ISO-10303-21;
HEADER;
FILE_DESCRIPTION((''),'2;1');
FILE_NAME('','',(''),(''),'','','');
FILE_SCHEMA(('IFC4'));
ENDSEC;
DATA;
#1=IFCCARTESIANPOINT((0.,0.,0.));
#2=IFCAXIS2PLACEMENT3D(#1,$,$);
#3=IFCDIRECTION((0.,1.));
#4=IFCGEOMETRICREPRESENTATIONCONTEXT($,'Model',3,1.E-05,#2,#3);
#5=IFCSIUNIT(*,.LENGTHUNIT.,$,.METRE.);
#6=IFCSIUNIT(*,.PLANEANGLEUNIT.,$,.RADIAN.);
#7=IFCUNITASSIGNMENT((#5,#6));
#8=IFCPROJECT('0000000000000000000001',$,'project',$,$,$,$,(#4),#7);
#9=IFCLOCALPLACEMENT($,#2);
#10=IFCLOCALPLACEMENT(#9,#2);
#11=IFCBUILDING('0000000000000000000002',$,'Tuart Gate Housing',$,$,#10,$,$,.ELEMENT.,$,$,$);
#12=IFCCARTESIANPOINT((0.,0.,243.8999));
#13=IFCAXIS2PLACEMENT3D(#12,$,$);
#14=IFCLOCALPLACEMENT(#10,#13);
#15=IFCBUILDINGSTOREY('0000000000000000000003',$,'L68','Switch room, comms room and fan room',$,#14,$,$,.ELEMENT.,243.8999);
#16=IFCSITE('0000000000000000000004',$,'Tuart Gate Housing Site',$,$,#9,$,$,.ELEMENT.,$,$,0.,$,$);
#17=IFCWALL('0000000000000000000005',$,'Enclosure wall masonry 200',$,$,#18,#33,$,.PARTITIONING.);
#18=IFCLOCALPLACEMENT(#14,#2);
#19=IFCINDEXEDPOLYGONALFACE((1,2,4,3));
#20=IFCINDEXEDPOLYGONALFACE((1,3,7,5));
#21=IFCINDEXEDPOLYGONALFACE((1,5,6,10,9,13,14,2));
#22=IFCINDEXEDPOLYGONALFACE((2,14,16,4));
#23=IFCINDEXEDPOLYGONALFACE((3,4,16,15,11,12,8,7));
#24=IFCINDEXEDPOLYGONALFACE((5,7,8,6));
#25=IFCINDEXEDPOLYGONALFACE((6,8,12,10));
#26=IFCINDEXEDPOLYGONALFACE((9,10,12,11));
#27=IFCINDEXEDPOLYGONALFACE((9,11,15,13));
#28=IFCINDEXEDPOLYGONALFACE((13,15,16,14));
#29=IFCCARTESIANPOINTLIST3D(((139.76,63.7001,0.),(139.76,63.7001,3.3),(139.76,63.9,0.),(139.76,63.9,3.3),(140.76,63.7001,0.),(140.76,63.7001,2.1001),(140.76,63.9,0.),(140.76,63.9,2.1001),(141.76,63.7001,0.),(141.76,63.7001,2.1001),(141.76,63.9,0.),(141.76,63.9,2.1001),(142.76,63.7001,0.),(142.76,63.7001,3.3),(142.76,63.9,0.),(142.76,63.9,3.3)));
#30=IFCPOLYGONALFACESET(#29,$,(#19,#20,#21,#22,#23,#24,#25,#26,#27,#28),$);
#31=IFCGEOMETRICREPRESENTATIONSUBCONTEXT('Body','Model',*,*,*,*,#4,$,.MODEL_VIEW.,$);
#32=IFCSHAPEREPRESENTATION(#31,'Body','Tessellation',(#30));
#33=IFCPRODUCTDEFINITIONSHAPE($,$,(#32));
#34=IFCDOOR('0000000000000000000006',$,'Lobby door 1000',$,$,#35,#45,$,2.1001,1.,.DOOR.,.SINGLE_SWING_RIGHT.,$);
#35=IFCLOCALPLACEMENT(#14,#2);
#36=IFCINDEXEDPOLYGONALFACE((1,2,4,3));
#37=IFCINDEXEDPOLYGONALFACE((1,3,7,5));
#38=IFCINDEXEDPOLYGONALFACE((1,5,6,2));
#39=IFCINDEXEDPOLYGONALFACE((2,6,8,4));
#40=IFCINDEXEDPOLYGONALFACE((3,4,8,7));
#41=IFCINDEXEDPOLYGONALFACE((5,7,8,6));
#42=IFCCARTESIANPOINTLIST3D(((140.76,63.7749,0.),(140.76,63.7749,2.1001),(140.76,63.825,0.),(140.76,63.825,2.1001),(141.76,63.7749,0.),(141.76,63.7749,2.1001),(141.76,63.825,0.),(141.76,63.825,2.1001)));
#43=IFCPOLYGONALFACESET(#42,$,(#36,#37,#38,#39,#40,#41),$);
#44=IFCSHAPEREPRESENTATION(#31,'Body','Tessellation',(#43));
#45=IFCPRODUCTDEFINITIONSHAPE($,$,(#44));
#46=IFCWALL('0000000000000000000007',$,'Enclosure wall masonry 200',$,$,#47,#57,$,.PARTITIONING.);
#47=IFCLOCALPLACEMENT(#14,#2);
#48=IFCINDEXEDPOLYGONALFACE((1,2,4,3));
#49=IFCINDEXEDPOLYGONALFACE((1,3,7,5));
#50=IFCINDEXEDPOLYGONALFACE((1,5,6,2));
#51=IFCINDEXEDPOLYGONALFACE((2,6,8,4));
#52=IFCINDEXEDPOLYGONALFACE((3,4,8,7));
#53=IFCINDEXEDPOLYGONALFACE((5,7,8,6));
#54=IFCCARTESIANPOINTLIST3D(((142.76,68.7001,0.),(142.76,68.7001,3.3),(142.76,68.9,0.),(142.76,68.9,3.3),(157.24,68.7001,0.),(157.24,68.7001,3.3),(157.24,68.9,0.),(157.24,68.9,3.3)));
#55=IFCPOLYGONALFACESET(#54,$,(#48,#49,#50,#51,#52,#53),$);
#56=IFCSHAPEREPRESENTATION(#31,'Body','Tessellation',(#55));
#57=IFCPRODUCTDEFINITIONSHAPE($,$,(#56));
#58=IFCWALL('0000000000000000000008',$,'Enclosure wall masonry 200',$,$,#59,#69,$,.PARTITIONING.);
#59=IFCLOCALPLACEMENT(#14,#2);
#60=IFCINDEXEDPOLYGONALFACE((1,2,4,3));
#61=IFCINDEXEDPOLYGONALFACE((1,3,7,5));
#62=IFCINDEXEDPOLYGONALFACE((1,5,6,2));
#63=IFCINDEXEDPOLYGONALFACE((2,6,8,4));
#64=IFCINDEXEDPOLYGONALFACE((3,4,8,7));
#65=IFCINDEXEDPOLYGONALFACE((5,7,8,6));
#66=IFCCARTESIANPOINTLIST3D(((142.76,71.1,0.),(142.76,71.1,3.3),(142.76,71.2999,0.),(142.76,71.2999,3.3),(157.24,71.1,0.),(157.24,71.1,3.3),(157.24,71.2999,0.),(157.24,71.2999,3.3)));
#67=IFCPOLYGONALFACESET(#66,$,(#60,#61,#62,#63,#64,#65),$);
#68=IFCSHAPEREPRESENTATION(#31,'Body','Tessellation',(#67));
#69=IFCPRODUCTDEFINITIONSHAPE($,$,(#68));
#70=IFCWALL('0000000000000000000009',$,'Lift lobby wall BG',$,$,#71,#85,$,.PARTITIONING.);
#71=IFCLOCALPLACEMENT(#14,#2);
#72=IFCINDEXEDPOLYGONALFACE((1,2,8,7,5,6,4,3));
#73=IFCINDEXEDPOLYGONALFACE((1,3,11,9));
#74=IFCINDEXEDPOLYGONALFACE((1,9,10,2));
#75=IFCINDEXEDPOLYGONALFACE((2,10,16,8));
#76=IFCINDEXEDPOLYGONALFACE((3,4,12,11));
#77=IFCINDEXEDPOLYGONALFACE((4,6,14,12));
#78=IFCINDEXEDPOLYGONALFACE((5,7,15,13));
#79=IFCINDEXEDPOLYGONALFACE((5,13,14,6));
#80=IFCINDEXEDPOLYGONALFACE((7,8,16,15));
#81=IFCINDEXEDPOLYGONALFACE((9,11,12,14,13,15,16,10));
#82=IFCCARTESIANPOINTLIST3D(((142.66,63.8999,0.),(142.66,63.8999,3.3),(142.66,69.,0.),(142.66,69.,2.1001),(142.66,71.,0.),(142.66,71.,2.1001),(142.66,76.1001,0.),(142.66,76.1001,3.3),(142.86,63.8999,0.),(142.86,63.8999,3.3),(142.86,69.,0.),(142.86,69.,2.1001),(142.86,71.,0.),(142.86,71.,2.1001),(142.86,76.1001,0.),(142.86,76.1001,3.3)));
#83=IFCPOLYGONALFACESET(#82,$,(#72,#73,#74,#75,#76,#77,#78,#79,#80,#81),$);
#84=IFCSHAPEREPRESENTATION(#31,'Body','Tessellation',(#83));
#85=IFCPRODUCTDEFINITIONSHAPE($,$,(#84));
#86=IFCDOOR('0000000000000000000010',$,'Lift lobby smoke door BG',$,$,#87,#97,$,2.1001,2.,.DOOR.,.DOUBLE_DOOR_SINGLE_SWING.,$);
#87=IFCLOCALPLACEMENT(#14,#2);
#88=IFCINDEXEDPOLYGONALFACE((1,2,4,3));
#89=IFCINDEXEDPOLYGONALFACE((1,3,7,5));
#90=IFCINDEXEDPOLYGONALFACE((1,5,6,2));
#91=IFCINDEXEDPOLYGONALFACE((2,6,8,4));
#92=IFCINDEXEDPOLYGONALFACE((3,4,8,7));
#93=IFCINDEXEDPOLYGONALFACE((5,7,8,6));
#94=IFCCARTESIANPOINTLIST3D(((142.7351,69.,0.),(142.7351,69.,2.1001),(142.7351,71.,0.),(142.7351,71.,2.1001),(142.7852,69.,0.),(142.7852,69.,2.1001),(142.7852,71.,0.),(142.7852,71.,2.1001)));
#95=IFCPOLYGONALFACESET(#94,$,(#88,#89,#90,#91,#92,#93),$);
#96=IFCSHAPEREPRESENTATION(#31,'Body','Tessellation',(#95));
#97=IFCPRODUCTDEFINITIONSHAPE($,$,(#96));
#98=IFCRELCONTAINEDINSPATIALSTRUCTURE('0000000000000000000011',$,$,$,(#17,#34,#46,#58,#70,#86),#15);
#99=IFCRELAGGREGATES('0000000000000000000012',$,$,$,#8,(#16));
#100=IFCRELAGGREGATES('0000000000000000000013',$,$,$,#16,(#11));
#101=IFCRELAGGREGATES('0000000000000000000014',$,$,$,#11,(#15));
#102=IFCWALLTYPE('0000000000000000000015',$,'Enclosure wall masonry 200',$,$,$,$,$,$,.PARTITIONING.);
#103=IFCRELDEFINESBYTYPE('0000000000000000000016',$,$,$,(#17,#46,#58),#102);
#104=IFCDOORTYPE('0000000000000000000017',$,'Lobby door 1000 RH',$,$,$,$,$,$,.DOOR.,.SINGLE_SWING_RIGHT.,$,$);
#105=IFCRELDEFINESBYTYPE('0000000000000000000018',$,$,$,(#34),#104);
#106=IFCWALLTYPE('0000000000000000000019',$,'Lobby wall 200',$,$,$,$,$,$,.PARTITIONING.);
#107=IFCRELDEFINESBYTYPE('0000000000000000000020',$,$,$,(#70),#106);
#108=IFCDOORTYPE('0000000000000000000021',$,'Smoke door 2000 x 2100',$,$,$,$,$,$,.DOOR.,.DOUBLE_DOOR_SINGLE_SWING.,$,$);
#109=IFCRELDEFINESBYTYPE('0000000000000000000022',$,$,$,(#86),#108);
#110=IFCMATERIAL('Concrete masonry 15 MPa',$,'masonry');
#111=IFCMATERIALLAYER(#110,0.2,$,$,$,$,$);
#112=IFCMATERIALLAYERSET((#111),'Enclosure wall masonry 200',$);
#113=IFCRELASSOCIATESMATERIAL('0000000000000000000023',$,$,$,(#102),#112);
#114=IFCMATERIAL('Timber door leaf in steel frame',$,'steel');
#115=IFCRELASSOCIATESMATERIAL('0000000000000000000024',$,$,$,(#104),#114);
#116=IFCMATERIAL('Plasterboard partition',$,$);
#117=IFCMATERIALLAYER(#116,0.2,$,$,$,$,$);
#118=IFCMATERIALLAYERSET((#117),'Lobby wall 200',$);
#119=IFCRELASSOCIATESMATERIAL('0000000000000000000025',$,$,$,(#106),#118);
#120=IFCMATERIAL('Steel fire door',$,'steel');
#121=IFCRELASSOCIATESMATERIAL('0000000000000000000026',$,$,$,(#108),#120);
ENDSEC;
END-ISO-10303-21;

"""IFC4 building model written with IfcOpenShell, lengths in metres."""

from ifc_helpers import new_model, si_unit, direction, frame, frame_2d, origin, place, context, subcontext, project, spatial, rectangle, extrude, material, layer, layer_set, type_object, element, fill, save


model = new_model("IFC4")

# Units and contexts
model_context = context("Model", 3, precision=1e-05, world=origin(), true_north=direction((0.0, 1.0)))
body_context = subcontext(model_context, "Body", "Model", "MODEL_VIEW")
ifc_project = project(units=[si_unit("LENGTHUNIT", "METRE"), si_unit("PLANEANGLEUNIT", "RADIAN")], contexts=[model_context])

# Site, building, storey
site_placement = place(None, origin())
site = spatial("IfcSite", under=ifc_project, at=site_placement, Name="Tuart Gate Housing Site", CompositionType="ELEMENT", RefElevation=0.0)
building_placement = place(site_placement, origin())
building = spatial("IfcBuilding", under=site, at=building_placement, Name="Tuart Gate Housing", CompositionType="ELEMENT")
storey_placement = place(building_placement, frame((0.0, 0.0, 243.8999)))
storey = spatial("IfcBuildingStorey", under=building, at=storey_placement, Name="L68", Description="Switch room, comms room and fan room", CompositionType="ELEMENT", Elevation=243.8999)

# Shared definitions
ifc_material_1 = material(Name="Concrete masonry 15 MPa", Category="masonry")
ifc_layer_1 = layer(ifc_material_1, 0.2)
ifc_layer_set_1 = layer_set([ifc_layer_1], Name="Enclosure wall masonry 200")
wall_type_1 = type_object("IfcWallType", Name="Enclosure wall masonry 200", PredefinedType="PARTITIONING", material=ifc_layer_set_1)

# Wall, opening, door
wall_1_placement = place(storey_placement, frame((139.76, 63.8, 0.0), z_axis=(0.0, 0.0, 1.0), x_axis=(1.0, 0.0, 0.0)))
wall_1 = element("IfcWall", 1, at=wall_1_placement, inside=storey, type_object=wall_type_1, Name="Enclosure wall masonry 200", PredefinedType="PARTITIONING", context=body_context, shape_type="SweptSolid", body=[
    extrude(rectangle(XDim=3.0, YDim=0.2, at=frame_2d((1.5, 0.0))), origin(), (0.0, 0.0, 1.0), 3.3),
])
opening_1_placement = place(wall_1_placement, frame((1.0, 0.0, 0.0)))
opening_1 = element("IfcOpeningElement", 2, at=opening_1_placement, cuts=wall_1, PredefinedType="OPENING", context=body_context, shape_type="SweptSolid", body=[
    extrude(rectangle(XDim=1.0, YDim=2.1001, at=frame_2d((0.5, 1.05))), frame((0.0, 0.1099, 0.0), z_axis=(0.0, -1.0, 0.0), x_axis=(1.0, 0.0, 0.0)), (0.0, 0.0, 1.0), 0.22),
])
ifc_material_2 = material(Name="Timber door leaf in steel frame", Category="steel")
door_type_1 = type_object("IfcDoorType", Name="Lobby door 1000 RH", OperationType="SINGLE_SWING_RIGHT", PredefinedType="DOOR", material=ifc_material_2)
door_1_placement = place(opening_1_placement, origin())
door_1 = element("IfcDoor", 3, at=door_1_placement, inside=storey, type_object=door_type_1, Name="Lobby door 1000", OperationType="SINGLE_SWING_RIGHT", OverallHeight=2.1001, OverallWidth=1.0, PredefinedType="DOOR", context=body_context, shape_type="SweptSolid", body=[
    extrude(rectangle(XDim=1.0, YDim=2.1001, at=frame_2d((0.5, 1.05))), frame((0.0, 0.0249, 0.0), z_axis=(0.0, -1.0, 0.0), x_axis=(1.0, 0.0, 0.0)), (0.0, 0.0, 1.0), 0.05),
])
fill(opening_1, door_1)

# Walls
for number, where, z_axis, x_axis, name in (
    (4, (142.76, 68.8, 0.0), (0.0, 0.0, 1.0), (1.0, 0.0, 0.0), "Enclosure wall masonry 200"),
    (5, (142.76, 71.2, 0.0), (0.0, 0.0, 1.0), (1.0, 0.0, 0.0), "Enclosure wall masonry 200"),
):
    element("IfcWall", number, at=place(storey_placement, frame(where, z_axis=z_axis, x_axis=x_axis)), inside=storey, type_object=wall_type_1, Name=name, PredefinedType="PARTITIONING", context=body_context, shape_type="SweptSolid", body=[
        extrude(rectangle(XDim=14.48, YDim=0.2, at=frame_2d((7.24, 0.0))), origin(), (0.0, 0.0, 1.0), 3.3),
    ])

# Wall, opening, door
ifc_material_3 = material(Name="Plasterboard partition")
ifc_layer_2 = layer(ifc_material_3, 0.2)
ifc_layer_set_2 = layer_set([ifc_layer_2], Name="Lobby wall 200")
wall_type_2 = type_object("IfcWallType", Name="Lobby wall 200", PredefinedType="PARTITIONING", material=ifc_layer_set_2)
wall_2_placement = place(storey_placement, frame((142.76, 63.8999, 0.0), z_axis=(0.0, 0.0, 1.0), x_axis=(0.0, 1.0, 0.0)))
wall_2 = element("IfcWall", 6, at=wall_2_placement, inside=storey, type_object=wall_type_2, Name="Lift lobby wall BG", PredefinedType="PARTITIONING", context=body_context, shape_type="SweptSolid", body=[
    extrude(rectangle(XDim=12.2002, YDim=0.2, at=frame_2d((6.1001, 0.0))), origin(), (0.0, 0.0, 1.0), 3.3),
])
opening_2_placement = place(wall_2_placement, frame((5.1001, 0.0, 0.0)))
opening_2 = element("IfcOpeningElement", 7, at=opening_2_placement, cuts=wall_2, PredefinedType="OPENING", context=body_context, shape_type="SweptSolid", body=[
    extrude(rectangle(XDim=2.0, YDim=2.1001, at=frame_2d((1.0, 1.05))), frame((0.0, 0.1099, 0.0), z_axis=(0.0, -1.0, 0.0), x_axis=(1.0, 0.0, 0.0)), (0.0, 0.0, 1.0), 0.22),
])
ifc_material_4 = material(Name="Steel fire door", Category="steel")
door_type_2 = type_object("IfcDoorType", Name="Smoke door 2000 x 2100", OperationType="DOUBLE_DOOR_SINGLE_SWING", PredefinedType="DOOR", material=ifc_material_4)
door_2_placement = place(opening_2_placement, origin())
door_2 = element("IfcDoor", 8, at=door_2_placement, inside=storey, type_object=door_type_2, Name="Lift lobby smoke door BG", OperationType="DOUBLE_DOOR_SINGLE_SWING", OverallHeight=2.1001, OverallWidth=2.0, PredefinedType="DOOR", context=body_context, shape_type="SweptSolid", body=[
    extrude(rectangle(XDim=2.0, YDim=2.1001, at=frame_2d((1.0, 1.05))), frame((0.0, 0.0249, 0.0), z_axis=(0.0, -1.0, 0.0), x_axis=(1.0, 0.0, 0.0)), (0.0, 0.0, 1.0), 0.05),
])
fill(opening_2, door_2)

save(model, "model.ifc")
